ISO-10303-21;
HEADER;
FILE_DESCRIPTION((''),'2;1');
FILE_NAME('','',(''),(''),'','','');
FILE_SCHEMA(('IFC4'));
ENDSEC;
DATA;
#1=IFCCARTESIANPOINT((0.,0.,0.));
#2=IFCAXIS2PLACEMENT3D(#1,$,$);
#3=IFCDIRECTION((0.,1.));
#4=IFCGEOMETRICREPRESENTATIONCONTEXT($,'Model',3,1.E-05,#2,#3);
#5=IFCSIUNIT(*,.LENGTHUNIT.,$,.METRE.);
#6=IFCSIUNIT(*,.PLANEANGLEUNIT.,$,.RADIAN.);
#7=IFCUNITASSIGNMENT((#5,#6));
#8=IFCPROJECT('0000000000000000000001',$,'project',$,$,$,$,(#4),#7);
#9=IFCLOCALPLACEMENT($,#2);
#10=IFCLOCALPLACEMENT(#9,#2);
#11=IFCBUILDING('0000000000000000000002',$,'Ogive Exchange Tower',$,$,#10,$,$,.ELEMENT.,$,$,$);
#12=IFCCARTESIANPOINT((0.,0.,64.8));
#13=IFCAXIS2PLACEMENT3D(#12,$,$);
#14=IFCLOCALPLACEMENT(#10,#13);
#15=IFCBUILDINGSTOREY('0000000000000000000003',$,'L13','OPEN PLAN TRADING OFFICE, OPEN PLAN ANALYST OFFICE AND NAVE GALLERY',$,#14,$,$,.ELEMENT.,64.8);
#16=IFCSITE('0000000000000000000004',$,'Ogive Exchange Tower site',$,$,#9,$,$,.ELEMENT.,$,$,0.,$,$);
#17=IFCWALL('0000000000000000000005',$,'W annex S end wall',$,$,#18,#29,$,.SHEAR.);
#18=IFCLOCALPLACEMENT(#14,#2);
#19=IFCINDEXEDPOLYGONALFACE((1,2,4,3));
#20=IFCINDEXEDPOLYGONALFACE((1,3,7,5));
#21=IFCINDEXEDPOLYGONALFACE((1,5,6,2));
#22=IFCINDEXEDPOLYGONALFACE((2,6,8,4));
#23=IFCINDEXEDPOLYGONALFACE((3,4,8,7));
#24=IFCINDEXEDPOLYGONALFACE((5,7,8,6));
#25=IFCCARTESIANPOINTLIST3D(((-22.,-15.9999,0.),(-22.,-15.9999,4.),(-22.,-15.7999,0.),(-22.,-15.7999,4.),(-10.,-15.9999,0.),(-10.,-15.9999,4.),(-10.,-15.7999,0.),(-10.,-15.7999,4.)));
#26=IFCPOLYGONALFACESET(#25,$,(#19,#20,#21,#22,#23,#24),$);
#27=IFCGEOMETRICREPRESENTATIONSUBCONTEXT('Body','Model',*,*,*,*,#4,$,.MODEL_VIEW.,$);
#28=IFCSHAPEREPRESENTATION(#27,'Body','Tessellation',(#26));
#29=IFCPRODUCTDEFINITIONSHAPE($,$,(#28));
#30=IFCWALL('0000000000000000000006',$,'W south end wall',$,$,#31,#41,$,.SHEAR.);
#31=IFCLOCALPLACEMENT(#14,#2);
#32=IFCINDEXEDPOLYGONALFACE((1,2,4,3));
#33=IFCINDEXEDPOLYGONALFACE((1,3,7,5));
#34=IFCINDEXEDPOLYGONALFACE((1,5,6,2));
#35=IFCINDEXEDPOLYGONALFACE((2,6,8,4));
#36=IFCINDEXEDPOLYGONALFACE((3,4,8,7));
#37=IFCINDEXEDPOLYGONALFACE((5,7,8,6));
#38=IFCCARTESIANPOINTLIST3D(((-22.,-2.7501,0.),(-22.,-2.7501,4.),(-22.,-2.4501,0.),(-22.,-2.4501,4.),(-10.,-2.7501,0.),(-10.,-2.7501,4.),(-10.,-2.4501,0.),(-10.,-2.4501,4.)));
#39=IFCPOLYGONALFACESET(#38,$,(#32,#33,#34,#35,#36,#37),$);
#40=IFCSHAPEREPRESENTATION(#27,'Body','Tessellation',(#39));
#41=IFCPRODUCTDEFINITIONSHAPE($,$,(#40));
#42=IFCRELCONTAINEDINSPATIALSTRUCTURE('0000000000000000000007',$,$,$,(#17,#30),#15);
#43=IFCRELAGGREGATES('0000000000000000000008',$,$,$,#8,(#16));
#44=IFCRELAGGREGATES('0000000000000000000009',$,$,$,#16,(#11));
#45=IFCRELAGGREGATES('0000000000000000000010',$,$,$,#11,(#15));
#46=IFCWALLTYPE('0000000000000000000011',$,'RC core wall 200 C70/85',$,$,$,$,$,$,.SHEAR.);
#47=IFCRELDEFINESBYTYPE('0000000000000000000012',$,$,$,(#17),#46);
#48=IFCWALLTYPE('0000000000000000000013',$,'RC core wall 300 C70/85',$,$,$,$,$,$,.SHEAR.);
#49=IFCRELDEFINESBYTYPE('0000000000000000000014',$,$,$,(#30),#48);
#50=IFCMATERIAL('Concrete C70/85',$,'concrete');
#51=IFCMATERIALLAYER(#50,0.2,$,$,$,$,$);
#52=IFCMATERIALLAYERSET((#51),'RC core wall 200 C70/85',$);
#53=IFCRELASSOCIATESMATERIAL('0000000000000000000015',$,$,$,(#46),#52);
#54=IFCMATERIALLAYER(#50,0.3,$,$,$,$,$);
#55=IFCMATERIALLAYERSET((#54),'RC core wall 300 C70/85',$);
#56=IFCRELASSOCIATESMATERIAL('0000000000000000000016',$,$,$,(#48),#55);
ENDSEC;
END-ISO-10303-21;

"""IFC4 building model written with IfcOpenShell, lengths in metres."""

from ifc_helpers import new_model, si_unit, direction, frame, frame_2d, origin, place, context, subcontext, project, spatial, rectangle, extrude, material, layer, layer_set, type_object, element, save


model = new_model("IFC4")

# Units and contexts
model_context = context("Model", 3, precision=1e-05, world=origin(), true_north=direction((0.0, 1.0)))
body_context = subcontext(model_context, "Body", "Model", "MODEL_VIEW")
ifc_project = project(units=[si_unit("LENGTHUNIT", "METRE"), si_unit("PLANEANGLEUNIT", "RADIAN")], contexts=[model_context])

# Site, building, storey
site_placement = place(None, origin())
site = spatial("IfcSite", under=ifc_project, at=site_placement, Name="Ogive Exchange Tower site", CompositionType="ELEMENT", RefElevation=0.0)
building_placement = place(site_placement, origin())
building = spatial("IfcBuilding", under=site, at=building_placement, Name="Ogive Exchange Tower", CompositionType="ELEMENT")
storey_placement = place(building_placement, frame((0.0, 0.0, 64.8)))
storey = spatial("IfcBuildingStorey", under=building, at=storey_placement, Name="L13", Description="OPEN PLAN TRADING OFFICE, OPEN PLAN ANALYST OFFICE AND NAVE GALLERY", CompositionType="ELEMENT", Elevation=64.8)

# Shared definitions
ifc_material_1 = material(Name="Concrete C70/85", Category="concrete")
ifc_layer_1 = layer(ifc_material_1, 0.2)
ifc_layer_set_1 = layer_set([ifc_layer_1], Name="RC core wall 200 C70/85")
wall_type_1 = type_object("IfcWallType", Name="RC core wall 200 C70/85", PredefinedType="SHEAR", material=ifc_layer_set_1)

# Walls
wall_1_placement = place(storey_placement, frame((-22.0, -15.8999, 0.0), z_axis=(0.0, 0.0, 1.0), x_axis=(1.0, 0.0, 0.0)))
element("IfcWall", 1, at=wall_1_placement, inside=storey, type_object=wall_type_1, Name="W annex S end wall", PredefinedType="SHEAR", context=body_context, shape_type="SweptSolid", body=[
    extrude(rectangle(XDim=12.0, YDim=0.2, at=frame_2d((6.0, 0.0))), origin(), (0.0, 0.0, 1.0), 4.0),
])
ifc_layer_2 = layer(ifc_material_1, 0.3)
ifc_layer_set_2 = layer_set([ifc_layer_2], Name="RC core wall 300 C70/85")
wall_type_2 = type_object("IfcWallType", Name="RC core wall 300 C70/85", PredefinedType="SHEAR", material=ifc_layer_set_2)
wall_2_placement = place(storey_placement, frame((-22.0, -2.6001, 0.0), z_axis=(0.0, 0.0, 1.0), x_axis=(1.0, 0.0, 0.0)))
element("IfcWall", 2, at=wall_2_placement, inside=storey, type_object=wall_type_2, Name="W south end wall", PredefinedType="SHEAR", context=body_context, shape_type="SweptSolid", body=[
    extrude(rectangle(XDim=12.0, YDim=0.3, at=frame_2d((6.0, 0.0))), origin(), (0.0, 0.0, 1.0), 4.0),
])

save(model, "model.ifc")
